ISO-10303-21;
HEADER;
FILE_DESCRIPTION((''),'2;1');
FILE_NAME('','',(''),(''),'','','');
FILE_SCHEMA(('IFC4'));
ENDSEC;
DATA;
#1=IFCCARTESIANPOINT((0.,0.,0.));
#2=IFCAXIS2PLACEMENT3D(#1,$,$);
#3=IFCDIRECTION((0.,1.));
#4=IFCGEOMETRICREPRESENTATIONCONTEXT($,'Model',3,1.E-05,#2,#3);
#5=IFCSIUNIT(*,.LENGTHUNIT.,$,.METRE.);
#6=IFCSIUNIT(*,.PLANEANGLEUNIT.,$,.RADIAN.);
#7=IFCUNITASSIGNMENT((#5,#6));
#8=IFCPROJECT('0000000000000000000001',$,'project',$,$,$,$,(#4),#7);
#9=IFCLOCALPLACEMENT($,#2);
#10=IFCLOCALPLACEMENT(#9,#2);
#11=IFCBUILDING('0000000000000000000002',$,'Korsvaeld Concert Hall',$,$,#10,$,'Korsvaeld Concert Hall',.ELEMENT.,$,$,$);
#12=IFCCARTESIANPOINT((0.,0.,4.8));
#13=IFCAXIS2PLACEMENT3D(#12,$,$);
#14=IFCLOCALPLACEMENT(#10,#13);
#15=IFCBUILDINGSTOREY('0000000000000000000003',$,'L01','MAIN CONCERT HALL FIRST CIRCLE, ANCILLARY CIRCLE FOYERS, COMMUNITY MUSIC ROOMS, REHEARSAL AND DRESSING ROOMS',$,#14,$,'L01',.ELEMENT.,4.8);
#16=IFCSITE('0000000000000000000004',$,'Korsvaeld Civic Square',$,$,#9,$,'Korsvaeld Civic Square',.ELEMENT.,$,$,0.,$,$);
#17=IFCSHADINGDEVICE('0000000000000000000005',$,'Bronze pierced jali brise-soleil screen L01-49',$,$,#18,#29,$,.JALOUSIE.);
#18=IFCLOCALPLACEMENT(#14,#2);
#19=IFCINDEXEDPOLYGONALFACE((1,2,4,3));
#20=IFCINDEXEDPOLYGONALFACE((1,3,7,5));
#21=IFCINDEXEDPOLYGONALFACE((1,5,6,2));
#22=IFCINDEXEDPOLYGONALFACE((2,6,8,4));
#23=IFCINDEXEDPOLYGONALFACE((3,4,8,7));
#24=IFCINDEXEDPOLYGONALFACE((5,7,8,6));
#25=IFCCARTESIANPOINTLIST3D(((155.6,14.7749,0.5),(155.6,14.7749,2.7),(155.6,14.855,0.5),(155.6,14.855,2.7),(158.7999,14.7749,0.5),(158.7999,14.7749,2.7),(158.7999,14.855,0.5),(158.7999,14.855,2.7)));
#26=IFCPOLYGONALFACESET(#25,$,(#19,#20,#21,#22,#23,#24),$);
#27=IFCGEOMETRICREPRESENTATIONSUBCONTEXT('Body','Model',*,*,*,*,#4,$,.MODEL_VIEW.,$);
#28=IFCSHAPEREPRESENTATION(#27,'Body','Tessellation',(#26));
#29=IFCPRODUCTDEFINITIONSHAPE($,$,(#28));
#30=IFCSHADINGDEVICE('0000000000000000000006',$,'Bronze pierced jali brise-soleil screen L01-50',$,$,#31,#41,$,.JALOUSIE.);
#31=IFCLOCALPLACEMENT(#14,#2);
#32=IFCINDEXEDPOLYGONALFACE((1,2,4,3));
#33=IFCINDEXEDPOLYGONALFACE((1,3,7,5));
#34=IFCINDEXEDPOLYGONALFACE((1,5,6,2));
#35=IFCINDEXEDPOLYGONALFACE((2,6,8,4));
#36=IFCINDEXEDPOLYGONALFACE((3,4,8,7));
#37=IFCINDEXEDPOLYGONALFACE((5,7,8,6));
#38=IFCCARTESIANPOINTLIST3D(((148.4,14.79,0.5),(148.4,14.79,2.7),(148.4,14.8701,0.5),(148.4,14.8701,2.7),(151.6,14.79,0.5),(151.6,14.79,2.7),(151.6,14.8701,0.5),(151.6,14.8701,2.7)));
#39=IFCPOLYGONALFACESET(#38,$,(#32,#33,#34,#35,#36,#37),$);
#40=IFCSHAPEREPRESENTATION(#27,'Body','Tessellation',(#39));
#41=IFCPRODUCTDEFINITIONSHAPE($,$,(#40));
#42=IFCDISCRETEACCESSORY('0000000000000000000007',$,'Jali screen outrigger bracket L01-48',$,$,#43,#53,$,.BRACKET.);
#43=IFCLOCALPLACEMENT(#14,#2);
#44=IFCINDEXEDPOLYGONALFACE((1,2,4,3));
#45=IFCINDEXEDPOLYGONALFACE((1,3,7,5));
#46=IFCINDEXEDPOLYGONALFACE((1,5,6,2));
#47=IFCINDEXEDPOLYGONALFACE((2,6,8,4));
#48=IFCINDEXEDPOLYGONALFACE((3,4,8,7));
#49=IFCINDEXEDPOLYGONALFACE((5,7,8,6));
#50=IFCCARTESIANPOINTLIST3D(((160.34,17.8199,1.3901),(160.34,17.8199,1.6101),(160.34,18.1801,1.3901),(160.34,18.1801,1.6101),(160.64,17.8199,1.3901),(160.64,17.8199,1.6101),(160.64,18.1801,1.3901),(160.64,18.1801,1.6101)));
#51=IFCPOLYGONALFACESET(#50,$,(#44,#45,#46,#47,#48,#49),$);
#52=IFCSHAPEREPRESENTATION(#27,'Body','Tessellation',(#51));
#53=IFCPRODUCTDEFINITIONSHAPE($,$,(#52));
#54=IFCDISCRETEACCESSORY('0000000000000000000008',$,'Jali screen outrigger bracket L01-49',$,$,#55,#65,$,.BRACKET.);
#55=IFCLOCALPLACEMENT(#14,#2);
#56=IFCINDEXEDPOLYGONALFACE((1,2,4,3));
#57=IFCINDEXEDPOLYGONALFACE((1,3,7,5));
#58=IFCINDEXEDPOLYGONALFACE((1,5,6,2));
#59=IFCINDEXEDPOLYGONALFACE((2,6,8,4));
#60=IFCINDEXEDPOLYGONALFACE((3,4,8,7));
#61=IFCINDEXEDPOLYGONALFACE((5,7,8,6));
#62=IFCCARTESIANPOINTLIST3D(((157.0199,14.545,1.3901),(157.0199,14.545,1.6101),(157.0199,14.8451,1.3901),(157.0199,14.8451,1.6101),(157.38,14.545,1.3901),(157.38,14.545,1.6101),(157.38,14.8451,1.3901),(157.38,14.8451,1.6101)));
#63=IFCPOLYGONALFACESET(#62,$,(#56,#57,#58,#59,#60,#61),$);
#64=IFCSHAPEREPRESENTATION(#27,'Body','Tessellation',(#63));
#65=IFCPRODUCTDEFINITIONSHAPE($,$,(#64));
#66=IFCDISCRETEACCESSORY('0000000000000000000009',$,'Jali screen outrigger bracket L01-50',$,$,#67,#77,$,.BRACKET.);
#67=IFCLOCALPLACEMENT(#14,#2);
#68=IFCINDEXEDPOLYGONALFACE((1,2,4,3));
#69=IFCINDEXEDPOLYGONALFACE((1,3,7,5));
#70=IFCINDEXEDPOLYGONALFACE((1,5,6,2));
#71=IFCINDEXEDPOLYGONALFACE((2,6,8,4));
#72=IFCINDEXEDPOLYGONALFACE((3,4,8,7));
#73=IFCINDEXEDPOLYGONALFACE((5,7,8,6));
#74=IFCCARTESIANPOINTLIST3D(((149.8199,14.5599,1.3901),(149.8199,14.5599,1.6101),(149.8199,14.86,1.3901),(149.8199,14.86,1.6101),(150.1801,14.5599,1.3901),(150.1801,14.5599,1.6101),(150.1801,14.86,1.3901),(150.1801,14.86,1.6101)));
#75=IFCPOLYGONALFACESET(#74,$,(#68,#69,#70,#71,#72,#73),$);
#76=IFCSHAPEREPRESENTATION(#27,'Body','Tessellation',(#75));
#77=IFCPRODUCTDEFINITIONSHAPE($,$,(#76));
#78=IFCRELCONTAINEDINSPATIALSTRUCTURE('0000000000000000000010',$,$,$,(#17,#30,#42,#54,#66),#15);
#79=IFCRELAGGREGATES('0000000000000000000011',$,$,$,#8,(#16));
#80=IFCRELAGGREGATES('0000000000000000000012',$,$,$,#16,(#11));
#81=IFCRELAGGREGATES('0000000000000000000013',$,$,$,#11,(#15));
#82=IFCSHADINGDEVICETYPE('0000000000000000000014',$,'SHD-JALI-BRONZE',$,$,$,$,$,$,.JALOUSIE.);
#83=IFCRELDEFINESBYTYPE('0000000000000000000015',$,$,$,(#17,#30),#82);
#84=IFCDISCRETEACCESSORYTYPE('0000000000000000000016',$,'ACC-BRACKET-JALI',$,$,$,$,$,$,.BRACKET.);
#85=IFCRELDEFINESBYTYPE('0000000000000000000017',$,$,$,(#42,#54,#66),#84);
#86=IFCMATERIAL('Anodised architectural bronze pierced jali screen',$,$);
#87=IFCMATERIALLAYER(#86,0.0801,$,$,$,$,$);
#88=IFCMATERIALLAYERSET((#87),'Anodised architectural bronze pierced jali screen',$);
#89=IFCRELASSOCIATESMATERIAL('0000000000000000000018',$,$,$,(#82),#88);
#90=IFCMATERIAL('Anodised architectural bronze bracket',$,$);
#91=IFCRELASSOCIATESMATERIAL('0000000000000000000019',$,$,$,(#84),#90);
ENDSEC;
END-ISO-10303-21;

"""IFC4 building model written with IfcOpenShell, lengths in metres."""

from ifc_helpers import new_model, si_unit, direction, frame, origin, origin_2d, place, context, subcontext, project, spatial, rectangle, extrude, material, layer, layer_set, type_object, element, save


model = new_model("IFC4")

# Units and contexts
model_context = context("Model", 3, precision=1e-05, world=origin(), true_north=direction((0.0, 1.0)))
body_context = subcontext(model_context, "Body", "Model", "MODEL_VIEW")
ifc_project = project(units=[si_unit("LENGTHUNIT", "METRE"), si_unit("PLANEANGLEUNIT", "RADIAN")], contexts=[model_context])

# Site, building, storey
site_placement = place(None, origin())
site = spatial("IfcSite", under=ifc_project, at=site_placement, Name="Korsvaeld Civic Square", LongName="Korsvaeld Civic Square", CompositionType="ELEMENT", RefElevation=0.0)
building_placement = place(site_placement, origin())
building = spatial("IfcBuilding", under=site, at=building_placement, Name="Korsvaeld Concert Hall", LongName="Korsvaeld Concert Hall", CompositionType="ELEMENT")
storey_placement = place(building_placement, frame((0.0, 0.0, 4.8)))
storey = spatial("IfcBuildingStorey", under=building, at=storey_placement, Name="L01", Description="MAIN CONCERT HALL FIRST CIRCLE, ANCILLARY CIRCLE FOYERS, COMMUNITY MUSIC ROOMS, REHEARSAL AND DRESSING ROOMS", LongName="L01", CompositionType="ELEMENT", Elevation=4.8)

# Shading devices
ifc_material_1 = material(Name="Anodised architectural bronze pierced jali screen")
ifc_layer_1 = layer(ifc_material_1, 0.0801)
ifc_layer_set_1 = layer_set([ifc_layer_1], Name="Anodised architectural bronze pierced jali screen")
shading_device_type = type_object("IfcShadingDeviceType", Name="SHD-JALI-BRONZE", PredefinedType="JALOUSIE", material=ifc_layer_set_1)
for number, where, z_axis, x_axis, name in (
    (1, (157.2, 14.8149, 0.5), (0.0, 0.0, 1.0), (-1.0, 0.0, 0.0), "Bronze pierced jali brise-soleil screen L01-49"),
    (2, (150.0, 14.8301, 0.5), (0.0, 0.0, 1.0), (-1.0, 0.0, 0.0), "Bronze pierced jali brise-soleil screen L01-50"),
):
    element("IfcShadingDevice", number, at=place(storey_placement, frame(where, z_axis=z_axis, x_axis=x_axis)), inside=storey, type_object=shading_device_type, Name=name, PredefinedType="JALOUSIE", context=body_context, shape_type="SweptSolid", body=[
        extrude(rectangle(XDim=3.2, YDim=0.0801, at=origin_2d()), origin(), (0.0, 0.0, 1.0), 2.2),
    ])

# Discrete accessories
ifc_material_2 = material(Name="Anodised architectural bronze bracket")
discrete_accessory_type = type_object("IfcDiscreteAccessoryType", Name="ACC-BRACKET-JALI", PredefinedType="BRACKET", material=ifc_material_2)
for number, where, z_axis, x_axis, name in (
    (3, (160.49, 18.0, 1.3901), (0.0, 0.0, 1.0), (0.0, -1.0, 0.0), "Jali screen outrigger bracket L01-48"),
    (4, (157.2, 14.6951, 1.3901), (0.0, 0.0, 1.0), (-1.0, 0.0, 0.0), "Jali screen outrigger bracket L01-49"),
    (5, (150.0, 14.71, 1.3901), (0.0, 0.0, 1.0), (-1.0, 0.0, 0.0), "Jali screen outrigger bracket L01-50"),
):
    element("IfcDiscreteAccessory", number, at=place(storey_placement, frame(where, z_axis=z_axis, x_axis=x_axis)), inside=storey, type_object=discrete_accessory_type, Name=name, PredefinedType="BRACKET", context=body_context, shape_type="SweptSolid", body=[
        extrude(rectangle(XDim=0.3601, YDim=0.3, at=origin_2d()), origin(), (0.0, 0.0, 1.0), 0.22),
    ])

save(model, "model.ifc")
